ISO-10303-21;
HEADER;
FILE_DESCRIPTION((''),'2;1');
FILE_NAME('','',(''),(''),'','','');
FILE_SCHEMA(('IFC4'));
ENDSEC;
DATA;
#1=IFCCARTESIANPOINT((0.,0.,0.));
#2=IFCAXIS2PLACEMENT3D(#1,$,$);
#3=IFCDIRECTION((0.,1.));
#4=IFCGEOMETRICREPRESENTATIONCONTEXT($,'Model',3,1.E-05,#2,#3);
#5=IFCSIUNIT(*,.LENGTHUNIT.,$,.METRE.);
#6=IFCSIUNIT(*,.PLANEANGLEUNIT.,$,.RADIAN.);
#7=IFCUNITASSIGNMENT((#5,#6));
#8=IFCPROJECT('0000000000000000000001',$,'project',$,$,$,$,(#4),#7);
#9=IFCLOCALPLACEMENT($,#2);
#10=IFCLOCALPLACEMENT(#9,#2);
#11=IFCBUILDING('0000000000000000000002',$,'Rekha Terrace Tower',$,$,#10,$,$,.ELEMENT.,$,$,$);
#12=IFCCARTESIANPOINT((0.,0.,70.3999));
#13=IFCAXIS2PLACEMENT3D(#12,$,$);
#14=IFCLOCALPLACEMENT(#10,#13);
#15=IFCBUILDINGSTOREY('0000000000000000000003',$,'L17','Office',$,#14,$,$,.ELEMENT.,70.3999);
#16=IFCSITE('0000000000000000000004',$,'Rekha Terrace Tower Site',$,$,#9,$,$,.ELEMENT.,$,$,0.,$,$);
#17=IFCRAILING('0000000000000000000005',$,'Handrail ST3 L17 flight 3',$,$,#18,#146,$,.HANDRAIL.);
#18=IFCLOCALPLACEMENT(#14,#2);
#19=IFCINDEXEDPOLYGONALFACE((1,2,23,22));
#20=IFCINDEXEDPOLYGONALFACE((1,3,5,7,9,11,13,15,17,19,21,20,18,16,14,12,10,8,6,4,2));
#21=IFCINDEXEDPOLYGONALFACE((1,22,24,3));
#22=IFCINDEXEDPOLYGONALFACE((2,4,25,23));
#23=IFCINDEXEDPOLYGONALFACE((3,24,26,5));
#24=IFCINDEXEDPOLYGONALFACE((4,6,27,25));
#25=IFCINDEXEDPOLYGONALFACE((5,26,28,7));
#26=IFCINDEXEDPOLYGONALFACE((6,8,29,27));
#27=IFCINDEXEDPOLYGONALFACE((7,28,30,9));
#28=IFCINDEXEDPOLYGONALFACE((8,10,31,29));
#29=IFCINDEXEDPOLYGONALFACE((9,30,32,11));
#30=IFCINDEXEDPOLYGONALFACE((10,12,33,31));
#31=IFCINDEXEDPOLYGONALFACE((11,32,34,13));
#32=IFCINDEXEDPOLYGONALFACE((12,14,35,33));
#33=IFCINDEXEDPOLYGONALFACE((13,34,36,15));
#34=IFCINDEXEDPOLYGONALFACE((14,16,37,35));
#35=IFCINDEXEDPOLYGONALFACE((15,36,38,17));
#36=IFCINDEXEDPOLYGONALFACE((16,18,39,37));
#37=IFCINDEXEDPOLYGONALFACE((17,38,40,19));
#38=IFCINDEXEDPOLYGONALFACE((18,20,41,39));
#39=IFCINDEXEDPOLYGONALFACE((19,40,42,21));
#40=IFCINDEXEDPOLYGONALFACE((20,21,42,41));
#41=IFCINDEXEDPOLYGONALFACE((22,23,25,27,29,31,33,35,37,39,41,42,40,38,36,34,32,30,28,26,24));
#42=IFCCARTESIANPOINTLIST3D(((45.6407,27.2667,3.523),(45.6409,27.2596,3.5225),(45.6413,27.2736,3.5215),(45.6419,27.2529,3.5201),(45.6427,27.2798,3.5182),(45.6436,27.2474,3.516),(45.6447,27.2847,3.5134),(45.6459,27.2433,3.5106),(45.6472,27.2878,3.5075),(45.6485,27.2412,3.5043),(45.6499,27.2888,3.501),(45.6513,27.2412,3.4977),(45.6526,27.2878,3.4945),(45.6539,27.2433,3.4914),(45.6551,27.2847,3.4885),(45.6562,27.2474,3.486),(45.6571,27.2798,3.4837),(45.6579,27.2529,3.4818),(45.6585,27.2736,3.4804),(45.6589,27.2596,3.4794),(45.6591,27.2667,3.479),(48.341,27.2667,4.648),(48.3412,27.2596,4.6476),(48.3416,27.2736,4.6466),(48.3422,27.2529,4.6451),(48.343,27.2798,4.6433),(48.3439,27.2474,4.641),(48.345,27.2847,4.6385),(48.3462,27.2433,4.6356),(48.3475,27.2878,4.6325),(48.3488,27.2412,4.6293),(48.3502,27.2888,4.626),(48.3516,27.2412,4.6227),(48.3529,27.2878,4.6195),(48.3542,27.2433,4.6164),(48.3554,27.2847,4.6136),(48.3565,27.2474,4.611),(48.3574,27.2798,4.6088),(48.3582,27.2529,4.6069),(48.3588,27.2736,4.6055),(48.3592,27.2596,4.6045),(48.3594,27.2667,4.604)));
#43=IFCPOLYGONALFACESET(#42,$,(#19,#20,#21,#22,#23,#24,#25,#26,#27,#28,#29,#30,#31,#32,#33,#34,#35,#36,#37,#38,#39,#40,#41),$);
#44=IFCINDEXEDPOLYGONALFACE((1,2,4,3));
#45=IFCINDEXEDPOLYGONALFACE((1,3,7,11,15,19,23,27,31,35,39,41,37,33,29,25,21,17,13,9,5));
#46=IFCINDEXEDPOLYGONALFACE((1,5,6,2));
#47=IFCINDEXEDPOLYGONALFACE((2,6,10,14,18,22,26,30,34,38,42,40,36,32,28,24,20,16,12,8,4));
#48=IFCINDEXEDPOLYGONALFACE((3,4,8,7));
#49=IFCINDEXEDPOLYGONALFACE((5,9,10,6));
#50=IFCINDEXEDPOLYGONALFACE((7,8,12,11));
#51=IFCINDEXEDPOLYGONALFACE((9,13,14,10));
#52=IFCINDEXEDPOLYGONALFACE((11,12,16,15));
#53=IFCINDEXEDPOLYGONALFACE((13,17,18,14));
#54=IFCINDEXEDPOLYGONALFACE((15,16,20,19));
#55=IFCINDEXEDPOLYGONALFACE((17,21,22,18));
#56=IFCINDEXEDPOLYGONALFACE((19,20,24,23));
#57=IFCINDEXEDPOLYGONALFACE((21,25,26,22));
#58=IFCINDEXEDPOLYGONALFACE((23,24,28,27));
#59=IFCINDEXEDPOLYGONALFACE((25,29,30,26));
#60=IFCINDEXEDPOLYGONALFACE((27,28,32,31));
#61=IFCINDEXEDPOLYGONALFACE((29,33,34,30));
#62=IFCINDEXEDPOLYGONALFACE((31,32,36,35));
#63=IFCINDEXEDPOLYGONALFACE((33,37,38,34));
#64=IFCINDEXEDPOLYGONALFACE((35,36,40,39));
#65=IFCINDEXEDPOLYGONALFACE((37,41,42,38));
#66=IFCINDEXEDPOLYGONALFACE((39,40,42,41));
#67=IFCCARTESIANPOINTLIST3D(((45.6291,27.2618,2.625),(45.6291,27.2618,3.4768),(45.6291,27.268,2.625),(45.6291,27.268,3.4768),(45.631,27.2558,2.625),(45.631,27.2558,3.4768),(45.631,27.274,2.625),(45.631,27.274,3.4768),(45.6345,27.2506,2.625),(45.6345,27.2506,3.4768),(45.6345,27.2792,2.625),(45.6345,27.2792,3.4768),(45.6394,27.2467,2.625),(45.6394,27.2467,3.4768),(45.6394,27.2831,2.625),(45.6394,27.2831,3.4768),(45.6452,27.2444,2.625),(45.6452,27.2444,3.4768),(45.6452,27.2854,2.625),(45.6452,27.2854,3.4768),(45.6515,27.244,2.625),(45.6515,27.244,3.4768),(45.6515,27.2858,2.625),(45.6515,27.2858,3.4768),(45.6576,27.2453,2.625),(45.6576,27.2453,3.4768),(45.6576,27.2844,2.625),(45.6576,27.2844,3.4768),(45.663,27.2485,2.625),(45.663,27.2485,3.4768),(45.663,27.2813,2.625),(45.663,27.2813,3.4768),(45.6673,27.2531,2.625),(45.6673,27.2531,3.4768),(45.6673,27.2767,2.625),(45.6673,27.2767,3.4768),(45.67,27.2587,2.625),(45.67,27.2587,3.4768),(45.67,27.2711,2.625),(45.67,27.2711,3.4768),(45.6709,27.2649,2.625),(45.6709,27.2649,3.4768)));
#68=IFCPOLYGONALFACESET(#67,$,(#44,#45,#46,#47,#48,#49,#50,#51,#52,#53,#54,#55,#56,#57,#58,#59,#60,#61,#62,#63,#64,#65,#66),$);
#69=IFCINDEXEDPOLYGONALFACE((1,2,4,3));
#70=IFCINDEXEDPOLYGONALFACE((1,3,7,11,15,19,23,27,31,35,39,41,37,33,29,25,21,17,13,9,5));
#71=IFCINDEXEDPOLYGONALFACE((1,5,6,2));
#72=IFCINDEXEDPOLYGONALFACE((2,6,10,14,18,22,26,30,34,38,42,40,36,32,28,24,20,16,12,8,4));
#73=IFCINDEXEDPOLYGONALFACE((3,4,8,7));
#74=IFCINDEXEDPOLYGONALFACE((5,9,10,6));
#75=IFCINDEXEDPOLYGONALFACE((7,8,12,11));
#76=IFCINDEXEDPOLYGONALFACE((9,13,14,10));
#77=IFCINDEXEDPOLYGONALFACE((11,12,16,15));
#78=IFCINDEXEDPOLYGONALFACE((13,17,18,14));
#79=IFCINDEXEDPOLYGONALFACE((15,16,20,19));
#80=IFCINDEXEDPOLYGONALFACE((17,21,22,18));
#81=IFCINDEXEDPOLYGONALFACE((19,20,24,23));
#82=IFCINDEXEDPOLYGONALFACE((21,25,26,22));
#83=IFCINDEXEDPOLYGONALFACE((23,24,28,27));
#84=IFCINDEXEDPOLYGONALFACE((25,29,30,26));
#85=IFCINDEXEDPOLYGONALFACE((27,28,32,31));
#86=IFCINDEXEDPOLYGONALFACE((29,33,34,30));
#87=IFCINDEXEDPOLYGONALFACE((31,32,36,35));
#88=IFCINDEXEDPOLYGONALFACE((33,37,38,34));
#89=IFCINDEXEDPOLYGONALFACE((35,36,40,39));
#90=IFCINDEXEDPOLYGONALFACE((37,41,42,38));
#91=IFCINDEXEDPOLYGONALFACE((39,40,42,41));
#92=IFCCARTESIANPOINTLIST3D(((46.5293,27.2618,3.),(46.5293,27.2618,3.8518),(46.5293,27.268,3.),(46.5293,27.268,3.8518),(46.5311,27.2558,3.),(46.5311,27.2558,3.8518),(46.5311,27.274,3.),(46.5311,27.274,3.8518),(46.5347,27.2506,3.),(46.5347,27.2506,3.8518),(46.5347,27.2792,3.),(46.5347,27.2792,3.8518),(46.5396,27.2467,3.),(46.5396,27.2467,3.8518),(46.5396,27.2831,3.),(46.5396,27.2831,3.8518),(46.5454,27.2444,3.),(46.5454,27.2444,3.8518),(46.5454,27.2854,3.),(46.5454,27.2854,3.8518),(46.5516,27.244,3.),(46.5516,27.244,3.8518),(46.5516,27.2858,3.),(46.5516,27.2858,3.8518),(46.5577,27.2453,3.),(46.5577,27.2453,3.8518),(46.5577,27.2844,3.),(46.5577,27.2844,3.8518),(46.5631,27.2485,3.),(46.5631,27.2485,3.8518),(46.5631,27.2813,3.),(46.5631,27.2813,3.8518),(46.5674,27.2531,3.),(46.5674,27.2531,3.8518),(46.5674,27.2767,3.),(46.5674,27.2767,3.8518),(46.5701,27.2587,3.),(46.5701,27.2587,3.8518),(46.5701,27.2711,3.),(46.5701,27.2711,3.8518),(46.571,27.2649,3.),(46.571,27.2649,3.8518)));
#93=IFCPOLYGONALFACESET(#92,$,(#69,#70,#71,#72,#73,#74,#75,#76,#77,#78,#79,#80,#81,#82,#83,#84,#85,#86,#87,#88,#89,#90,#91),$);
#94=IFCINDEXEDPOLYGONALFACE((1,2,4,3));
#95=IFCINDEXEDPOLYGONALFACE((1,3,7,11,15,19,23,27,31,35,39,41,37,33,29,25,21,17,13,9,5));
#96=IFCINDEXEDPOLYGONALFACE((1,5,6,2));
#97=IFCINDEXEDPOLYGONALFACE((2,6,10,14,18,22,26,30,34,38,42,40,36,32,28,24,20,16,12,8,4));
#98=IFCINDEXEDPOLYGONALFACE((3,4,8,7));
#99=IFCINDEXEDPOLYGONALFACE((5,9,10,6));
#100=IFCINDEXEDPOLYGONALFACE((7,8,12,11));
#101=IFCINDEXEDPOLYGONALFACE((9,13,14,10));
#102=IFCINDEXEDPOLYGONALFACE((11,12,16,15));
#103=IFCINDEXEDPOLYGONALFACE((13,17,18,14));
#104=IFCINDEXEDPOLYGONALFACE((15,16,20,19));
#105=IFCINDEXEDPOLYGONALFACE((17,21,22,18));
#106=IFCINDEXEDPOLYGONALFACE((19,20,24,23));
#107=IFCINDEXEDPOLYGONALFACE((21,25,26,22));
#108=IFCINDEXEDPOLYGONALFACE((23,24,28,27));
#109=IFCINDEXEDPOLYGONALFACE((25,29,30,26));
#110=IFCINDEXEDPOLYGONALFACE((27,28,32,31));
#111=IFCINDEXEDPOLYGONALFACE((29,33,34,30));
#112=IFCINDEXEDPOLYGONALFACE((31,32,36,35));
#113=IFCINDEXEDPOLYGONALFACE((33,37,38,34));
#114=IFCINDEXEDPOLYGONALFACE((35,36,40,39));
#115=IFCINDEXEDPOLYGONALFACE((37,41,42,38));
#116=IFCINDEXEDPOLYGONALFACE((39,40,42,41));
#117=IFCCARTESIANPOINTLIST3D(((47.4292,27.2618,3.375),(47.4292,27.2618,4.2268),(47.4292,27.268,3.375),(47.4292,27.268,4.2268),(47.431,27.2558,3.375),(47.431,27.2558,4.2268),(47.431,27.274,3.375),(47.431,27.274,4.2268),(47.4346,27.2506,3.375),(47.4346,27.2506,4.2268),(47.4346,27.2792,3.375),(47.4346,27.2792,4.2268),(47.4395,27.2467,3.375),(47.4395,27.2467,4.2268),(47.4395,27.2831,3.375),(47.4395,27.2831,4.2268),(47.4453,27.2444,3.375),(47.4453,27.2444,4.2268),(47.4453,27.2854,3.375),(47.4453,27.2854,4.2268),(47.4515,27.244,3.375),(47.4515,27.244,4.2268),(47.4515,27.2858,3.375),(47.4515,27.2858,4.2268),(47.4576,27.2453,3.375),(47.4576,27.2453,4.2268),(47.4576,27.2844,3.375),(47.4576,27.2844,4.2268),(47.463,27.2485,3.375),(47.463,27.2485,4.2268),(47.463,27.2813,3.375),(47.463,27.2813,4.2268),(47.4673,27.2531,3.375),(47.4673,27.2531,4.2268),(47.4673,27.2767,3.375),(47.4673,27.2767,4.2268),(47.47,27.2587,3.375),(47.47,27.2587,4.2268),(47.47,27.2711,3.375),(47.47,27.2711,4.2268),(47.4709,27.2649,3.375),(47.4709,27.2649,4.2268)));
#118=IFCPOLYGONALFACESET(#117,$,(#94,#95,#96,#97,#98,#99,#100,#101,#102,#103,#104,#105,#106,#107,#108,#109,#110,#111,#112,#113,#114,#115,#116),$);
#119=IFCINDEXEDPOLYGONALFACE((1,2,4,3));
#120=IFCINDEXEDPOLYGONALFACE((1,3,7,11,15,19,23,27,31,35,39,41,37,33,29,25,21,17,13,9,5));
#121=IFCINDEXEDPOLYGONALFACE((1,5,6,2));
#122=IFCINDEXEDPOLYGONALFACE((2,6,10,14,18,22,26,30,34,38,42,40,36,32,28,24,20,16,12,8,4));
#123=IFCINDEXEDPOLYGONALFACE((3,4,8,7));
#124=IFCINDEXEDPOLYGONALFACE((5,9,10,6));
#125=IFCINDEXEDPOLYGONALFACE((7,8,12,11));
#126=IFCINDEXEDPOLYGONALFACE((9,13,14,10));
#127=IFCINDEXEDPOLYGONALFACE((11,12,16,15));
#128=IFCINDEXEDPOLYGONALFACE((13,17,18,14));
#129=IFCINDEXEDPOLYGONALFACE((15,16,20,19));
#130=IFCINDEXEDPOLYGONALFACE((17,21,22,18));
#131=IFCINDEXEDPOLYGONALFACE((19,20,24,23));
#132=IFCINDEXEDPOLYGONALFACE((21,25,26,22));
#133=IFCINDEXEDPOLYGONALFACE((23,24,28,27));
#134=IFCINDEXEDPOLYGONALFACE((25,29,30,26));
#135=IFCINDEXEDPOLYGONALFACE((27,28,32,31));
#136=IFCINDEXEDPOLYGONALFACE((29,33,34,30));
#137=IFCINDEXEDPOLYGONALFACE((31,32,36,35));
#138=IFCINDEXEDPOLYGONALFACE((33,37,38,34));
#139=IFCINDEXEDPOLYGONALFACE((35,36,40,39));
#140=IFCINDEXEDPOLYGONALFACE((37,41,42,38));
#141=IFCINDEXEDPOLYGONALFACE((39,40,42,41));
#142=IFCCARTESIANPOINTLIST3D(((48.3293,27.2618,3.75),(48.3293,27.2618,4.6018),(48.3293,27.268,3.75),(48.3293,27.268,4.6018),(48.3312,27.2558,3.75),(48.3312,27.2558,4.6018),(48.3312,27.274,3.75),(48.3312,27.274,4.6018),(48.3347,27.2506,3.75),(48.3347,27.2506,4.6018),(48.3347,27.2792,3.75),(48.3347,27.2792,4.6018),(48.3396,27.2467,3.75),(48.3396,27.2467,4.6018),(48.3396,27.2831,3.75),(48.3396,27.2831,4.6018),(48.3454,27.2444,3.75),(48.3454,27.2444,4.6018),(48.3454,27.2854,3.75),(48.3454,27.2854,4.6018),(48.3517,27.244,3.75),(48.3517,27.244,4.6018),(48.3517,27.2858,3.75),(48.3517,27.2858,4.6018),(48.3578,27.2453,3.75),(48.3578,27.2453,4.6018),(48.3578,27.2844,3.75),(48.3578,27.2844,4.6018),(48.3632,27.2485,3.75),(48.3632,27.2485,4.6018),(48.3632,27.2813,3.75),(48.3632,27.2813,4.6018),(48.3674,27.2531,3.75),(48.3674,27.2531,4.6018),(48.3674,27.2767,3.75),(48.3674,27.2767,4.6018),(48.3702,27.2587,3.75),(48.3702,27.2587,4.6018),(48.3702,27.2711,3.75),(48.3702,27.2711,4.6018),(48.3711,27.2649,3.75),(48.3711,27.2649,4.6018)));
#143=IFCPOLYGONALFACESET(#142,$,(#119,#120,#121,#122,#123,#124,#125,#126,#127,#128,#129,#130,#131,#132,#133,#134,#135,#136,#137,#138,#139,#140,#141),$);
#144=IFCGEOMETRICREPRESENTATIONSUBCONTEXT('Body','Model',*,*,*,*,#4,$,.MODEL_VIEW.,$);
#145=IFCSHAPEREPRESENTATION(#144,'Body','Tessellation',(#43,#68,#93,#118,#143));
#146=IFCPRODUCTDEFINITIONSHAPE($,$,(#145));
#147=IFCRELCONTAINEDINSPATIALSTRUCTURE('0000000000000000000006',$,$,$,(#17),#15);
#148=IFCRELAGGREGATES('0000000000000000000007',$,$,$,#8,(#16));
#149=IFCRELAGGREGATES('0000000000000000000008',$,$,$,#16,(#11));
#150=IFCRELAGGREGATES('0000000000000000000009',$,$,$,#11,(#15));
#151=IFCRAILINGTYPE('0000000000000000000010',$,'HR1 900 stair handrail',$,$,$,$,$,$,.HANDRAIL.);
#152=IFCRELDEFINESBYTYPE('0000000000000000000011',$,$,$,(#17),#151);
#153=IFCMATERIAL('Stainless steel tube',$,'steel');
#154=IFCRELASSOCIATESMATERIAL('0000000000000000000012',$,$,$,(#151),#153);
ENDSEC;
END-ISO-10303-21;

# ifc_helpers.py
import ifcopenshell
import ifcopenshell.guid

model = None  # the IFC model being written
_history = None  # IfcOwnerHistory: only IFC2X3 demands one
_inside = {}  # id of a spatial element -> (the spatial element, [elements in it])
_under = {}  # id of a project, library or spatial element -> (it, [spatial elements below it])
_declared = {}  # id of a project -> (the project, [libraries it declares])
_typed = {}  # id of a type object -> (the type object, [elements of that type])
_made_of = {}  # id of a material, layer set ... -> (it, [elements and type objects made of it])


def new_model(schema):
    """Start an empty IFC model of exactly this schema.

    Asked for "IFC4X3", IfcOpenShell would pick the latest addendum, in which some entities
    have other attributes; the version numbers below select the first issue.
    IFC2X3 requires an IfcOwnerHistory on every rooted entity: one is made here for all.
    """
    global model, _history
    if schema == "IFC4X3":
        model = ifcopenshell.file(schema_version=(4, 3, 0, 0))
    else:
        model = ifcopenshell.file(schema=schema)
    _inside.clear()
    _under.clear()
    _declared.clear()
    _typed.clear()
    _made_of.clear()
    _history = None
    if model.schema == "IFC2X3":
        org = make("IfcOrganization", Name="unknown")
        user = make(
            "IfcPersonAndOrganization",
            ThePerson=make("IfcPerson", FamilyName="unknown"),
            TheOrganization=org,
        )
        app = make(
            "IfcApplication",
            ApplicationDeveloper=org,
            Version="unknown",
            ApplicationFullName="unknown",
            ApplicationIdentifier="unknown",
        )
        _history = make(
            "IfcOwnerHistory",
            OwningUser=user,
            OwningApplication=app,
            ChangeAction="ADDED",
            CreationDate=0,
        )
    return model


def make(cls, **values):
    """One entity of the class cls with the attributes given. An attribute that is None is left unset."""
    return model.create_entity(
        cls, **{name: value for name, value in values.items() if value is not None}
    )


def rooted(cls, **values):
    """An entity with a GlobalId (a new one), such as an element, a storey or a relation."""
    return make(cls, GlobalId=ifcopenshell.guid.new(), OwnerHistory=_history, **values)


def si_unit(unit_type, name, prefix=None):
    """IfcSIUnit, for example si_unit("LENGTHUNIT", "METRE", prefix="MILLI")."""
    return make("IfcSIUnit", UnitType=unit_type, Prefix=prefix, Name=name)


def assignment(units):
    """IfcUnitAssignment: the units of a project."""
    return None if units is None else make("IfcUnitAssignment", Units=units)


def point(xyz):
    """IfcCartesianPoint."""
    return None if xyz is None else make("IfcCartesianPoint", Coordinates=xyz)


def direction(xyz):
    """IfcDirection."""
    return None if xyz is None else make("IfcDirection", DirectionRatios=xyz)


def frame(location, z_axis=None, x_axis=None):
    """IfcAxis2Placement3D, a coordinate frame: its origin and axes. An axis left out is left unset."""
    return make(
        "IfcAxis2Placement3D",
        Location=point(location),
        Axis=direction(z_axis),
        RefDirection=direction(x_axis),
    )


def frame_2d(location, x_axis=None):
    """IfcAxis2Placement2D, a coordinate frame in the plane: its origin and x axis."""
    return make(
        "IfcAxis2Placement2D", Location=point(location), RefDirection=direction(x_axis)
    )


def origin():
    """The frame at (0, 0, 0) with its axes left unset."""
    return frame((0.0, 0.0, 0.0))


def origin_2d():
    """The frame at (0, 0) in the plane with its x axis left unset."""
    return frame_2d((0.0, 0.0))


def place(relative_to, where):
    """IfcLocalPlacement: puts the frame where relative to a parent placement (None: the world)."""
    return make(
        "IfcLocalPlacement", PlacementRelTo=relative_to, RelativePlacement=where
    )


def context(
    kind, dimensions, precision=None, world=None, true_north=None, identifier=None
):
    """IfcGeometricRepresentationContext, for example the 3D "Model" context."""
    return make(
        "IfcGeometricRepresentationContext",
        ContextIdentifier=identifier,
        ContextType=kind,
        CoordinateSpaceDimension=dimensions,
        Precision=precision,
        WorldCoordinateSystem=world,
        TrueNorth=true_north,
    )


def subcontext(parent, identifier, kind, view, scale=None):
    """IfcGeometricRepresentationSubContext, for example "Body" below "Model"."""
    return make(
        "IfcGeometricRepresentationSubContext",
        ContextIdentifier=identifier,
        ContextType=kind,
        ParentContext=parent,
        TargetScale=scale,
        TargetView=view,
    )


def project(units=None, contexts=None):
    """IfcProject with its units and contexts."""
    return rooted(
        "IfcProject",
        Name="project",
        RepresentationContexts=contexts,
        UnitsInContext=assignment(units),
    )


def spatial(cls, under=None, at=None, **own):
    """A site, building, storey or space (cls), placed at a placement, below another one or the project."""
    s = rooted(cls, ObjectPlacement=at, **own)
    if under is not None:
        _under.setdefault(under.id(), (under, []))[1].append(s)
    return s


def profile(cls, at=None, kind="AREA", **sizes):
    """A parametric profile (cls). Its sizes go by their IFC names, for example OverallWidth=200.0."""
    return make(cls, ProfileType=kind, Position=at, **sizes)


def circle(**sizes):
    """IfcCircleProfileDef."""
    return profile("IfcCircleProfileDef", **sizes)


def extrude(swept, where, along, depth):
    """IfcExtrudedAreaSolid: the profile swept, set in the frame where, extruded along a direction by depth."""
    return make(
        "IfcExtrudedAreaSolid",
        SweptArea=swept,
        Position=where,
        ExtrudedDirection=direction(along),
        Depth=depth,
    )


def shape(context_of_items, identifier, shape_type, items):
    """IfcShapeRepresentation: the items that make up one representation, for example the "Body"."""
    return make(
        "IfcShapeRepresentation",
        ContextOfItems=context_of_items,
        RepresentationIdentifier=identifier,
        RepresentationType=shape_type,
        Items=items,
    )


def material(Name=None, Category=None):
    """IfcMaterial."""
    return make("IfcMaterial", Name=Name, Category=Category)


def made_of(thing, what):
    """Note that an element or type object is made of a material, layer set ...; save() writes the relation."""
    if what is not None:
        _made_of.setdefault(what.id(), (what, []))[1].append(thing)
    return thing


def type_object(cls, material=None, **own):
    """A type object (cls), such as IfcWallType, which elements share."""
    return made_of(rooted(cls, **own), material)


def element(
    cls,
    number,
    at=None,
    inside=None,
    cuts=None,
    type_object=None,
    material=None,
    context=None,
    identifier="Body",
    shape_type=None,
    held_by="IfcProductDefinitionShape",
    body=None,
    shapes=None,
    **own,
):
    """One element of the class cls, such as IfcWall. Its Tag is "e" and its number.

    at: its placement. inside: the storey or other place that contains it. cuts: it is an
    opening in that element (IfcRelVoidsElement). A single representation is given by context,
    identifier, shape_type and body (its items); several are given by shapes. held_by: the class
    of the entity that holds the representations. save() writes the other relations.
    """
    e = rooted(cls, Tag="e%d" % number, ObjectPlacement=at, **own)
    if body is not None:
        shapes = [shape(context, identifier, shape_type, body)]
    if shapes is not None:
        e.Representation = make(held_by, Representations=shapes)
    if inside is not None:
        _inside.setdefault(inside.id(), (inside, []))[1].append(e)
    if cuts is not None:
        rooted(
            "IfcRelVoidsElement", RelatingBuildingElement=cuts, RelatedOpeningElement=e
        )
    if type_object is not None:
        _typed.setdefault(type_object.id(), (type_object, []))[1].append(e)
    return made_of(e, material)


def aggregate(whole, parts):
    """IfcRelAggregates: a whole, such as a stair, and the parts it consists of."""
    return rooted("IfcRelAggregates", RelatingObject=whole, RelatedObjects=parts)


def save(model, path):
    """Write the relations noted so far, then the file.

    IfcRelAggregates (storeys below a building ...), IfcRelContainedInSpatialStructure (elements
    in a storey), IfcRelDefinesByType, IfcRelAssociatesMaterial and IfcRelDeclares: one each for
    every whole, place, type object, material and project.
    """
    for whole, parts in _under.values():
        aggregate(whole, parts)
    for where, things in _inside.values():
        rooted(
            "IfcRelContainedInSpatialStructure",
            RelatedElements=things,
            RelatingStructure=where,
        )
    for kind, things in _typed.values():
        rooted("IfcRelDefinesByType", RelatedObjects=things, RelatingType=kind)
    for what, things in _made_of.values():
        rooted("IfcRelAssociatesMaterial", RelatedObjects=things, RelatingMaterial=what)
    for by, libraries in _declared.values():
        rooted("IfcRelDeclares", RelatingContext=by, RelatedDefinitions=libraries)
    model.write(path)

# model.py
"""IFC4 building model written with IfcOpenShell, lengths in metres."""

from ifc_helpers import new_model, si_unit, direction, frame, origin, origin_2d, place, context, subcontext, project, spatial, circle, extrude, material, type_object, element, save


model = new_model("IFC4")

# Units and contexts
model_context = context("Model", 3, precision=1e-05, world=origin(), true_north=direction((0.0, 1.0)))
body_context = subcontext(model_context, "Body", "Model", "MODEL_VIEW")
ifc_project = project(units=[si_unit("LENGTHUNIT", "METRE"), si_unit("PLANEANGLEUNIT", "RADIAN")], contexts=[model_context])

# Site, building, storey
site_placement = place(None, origin())
site = spatial("IfcSite", under=ifc_project, at=site_placement, Name="Rekha Terrace Tower Site", CompositionType="ELEMENT", RefElevation=0.0)
building_placement = place(site_placement, origin())
building = spatial("IfcBuilding", under=site, at=building_placement, Name="Rekha Terrace Tower", CompositionType="ELEMENT")
storey_placement = place(building_placement, frame((0.0, 0.0, 70.3999)))
storey = spatial("IfcBuildingStorey", under=building, at=storey_placement, Name="L17", Description="Office", CompositionType="ELEMENT", Elevation=70.3999)

# Railing
ifc_material_1 = material(Name="Stainless steel tube", Category="steel")
railing_type_1 = type_object("IfcRailingType", Name="HR1 900 stair handrail", PredefinedType="HANDRAIL", material=ifc_material_1)
railing_1_placement = place(storey_placement, frame((45.6499, 27.2649, 2.625)))
element("IfcRailing", 1, at=railing_1_placement, inside=storey, type_object=railing_type_1, Name="Handrail ST3 L17 flight 3", PredefinedType="HANDRAIL", context=body_context, shape_type="SweptSolid", body=[
    extrude(circle(Radius=0.0239, at=origin_2d()), frame((0.0, 0.0, 0.876), z_axis=(0.923087, 0.0, 0.384592), x_axis=(0.0, 1.0, 0.0)), (0.0, 0.0, 1.0), 2.9253),
    extrude(circle(Radius=0.021, at=origin_2d()), origin(), (0.0, 0.0, 1.0), 0.8518),
    extrude(circle(Radius=0.021, at=origin_2d()), frame((0.9001, 0.0, 0.375)), (0.0, 0.0, 1.0), 0.8518),
    extrude(circle(Radius=0.021, at=origin_2d()), frame((1.8, 0.0, 0.75)), (0.0, 0.0, 1.0), 0.8518),
    extrude(circle(Radius=0.021, at=origin_2d()), frame((2.7002, 0.0, 1.125)), (0.0, 0.0, 1.0), 0.8518),
])

save(model, "model.ifc")
